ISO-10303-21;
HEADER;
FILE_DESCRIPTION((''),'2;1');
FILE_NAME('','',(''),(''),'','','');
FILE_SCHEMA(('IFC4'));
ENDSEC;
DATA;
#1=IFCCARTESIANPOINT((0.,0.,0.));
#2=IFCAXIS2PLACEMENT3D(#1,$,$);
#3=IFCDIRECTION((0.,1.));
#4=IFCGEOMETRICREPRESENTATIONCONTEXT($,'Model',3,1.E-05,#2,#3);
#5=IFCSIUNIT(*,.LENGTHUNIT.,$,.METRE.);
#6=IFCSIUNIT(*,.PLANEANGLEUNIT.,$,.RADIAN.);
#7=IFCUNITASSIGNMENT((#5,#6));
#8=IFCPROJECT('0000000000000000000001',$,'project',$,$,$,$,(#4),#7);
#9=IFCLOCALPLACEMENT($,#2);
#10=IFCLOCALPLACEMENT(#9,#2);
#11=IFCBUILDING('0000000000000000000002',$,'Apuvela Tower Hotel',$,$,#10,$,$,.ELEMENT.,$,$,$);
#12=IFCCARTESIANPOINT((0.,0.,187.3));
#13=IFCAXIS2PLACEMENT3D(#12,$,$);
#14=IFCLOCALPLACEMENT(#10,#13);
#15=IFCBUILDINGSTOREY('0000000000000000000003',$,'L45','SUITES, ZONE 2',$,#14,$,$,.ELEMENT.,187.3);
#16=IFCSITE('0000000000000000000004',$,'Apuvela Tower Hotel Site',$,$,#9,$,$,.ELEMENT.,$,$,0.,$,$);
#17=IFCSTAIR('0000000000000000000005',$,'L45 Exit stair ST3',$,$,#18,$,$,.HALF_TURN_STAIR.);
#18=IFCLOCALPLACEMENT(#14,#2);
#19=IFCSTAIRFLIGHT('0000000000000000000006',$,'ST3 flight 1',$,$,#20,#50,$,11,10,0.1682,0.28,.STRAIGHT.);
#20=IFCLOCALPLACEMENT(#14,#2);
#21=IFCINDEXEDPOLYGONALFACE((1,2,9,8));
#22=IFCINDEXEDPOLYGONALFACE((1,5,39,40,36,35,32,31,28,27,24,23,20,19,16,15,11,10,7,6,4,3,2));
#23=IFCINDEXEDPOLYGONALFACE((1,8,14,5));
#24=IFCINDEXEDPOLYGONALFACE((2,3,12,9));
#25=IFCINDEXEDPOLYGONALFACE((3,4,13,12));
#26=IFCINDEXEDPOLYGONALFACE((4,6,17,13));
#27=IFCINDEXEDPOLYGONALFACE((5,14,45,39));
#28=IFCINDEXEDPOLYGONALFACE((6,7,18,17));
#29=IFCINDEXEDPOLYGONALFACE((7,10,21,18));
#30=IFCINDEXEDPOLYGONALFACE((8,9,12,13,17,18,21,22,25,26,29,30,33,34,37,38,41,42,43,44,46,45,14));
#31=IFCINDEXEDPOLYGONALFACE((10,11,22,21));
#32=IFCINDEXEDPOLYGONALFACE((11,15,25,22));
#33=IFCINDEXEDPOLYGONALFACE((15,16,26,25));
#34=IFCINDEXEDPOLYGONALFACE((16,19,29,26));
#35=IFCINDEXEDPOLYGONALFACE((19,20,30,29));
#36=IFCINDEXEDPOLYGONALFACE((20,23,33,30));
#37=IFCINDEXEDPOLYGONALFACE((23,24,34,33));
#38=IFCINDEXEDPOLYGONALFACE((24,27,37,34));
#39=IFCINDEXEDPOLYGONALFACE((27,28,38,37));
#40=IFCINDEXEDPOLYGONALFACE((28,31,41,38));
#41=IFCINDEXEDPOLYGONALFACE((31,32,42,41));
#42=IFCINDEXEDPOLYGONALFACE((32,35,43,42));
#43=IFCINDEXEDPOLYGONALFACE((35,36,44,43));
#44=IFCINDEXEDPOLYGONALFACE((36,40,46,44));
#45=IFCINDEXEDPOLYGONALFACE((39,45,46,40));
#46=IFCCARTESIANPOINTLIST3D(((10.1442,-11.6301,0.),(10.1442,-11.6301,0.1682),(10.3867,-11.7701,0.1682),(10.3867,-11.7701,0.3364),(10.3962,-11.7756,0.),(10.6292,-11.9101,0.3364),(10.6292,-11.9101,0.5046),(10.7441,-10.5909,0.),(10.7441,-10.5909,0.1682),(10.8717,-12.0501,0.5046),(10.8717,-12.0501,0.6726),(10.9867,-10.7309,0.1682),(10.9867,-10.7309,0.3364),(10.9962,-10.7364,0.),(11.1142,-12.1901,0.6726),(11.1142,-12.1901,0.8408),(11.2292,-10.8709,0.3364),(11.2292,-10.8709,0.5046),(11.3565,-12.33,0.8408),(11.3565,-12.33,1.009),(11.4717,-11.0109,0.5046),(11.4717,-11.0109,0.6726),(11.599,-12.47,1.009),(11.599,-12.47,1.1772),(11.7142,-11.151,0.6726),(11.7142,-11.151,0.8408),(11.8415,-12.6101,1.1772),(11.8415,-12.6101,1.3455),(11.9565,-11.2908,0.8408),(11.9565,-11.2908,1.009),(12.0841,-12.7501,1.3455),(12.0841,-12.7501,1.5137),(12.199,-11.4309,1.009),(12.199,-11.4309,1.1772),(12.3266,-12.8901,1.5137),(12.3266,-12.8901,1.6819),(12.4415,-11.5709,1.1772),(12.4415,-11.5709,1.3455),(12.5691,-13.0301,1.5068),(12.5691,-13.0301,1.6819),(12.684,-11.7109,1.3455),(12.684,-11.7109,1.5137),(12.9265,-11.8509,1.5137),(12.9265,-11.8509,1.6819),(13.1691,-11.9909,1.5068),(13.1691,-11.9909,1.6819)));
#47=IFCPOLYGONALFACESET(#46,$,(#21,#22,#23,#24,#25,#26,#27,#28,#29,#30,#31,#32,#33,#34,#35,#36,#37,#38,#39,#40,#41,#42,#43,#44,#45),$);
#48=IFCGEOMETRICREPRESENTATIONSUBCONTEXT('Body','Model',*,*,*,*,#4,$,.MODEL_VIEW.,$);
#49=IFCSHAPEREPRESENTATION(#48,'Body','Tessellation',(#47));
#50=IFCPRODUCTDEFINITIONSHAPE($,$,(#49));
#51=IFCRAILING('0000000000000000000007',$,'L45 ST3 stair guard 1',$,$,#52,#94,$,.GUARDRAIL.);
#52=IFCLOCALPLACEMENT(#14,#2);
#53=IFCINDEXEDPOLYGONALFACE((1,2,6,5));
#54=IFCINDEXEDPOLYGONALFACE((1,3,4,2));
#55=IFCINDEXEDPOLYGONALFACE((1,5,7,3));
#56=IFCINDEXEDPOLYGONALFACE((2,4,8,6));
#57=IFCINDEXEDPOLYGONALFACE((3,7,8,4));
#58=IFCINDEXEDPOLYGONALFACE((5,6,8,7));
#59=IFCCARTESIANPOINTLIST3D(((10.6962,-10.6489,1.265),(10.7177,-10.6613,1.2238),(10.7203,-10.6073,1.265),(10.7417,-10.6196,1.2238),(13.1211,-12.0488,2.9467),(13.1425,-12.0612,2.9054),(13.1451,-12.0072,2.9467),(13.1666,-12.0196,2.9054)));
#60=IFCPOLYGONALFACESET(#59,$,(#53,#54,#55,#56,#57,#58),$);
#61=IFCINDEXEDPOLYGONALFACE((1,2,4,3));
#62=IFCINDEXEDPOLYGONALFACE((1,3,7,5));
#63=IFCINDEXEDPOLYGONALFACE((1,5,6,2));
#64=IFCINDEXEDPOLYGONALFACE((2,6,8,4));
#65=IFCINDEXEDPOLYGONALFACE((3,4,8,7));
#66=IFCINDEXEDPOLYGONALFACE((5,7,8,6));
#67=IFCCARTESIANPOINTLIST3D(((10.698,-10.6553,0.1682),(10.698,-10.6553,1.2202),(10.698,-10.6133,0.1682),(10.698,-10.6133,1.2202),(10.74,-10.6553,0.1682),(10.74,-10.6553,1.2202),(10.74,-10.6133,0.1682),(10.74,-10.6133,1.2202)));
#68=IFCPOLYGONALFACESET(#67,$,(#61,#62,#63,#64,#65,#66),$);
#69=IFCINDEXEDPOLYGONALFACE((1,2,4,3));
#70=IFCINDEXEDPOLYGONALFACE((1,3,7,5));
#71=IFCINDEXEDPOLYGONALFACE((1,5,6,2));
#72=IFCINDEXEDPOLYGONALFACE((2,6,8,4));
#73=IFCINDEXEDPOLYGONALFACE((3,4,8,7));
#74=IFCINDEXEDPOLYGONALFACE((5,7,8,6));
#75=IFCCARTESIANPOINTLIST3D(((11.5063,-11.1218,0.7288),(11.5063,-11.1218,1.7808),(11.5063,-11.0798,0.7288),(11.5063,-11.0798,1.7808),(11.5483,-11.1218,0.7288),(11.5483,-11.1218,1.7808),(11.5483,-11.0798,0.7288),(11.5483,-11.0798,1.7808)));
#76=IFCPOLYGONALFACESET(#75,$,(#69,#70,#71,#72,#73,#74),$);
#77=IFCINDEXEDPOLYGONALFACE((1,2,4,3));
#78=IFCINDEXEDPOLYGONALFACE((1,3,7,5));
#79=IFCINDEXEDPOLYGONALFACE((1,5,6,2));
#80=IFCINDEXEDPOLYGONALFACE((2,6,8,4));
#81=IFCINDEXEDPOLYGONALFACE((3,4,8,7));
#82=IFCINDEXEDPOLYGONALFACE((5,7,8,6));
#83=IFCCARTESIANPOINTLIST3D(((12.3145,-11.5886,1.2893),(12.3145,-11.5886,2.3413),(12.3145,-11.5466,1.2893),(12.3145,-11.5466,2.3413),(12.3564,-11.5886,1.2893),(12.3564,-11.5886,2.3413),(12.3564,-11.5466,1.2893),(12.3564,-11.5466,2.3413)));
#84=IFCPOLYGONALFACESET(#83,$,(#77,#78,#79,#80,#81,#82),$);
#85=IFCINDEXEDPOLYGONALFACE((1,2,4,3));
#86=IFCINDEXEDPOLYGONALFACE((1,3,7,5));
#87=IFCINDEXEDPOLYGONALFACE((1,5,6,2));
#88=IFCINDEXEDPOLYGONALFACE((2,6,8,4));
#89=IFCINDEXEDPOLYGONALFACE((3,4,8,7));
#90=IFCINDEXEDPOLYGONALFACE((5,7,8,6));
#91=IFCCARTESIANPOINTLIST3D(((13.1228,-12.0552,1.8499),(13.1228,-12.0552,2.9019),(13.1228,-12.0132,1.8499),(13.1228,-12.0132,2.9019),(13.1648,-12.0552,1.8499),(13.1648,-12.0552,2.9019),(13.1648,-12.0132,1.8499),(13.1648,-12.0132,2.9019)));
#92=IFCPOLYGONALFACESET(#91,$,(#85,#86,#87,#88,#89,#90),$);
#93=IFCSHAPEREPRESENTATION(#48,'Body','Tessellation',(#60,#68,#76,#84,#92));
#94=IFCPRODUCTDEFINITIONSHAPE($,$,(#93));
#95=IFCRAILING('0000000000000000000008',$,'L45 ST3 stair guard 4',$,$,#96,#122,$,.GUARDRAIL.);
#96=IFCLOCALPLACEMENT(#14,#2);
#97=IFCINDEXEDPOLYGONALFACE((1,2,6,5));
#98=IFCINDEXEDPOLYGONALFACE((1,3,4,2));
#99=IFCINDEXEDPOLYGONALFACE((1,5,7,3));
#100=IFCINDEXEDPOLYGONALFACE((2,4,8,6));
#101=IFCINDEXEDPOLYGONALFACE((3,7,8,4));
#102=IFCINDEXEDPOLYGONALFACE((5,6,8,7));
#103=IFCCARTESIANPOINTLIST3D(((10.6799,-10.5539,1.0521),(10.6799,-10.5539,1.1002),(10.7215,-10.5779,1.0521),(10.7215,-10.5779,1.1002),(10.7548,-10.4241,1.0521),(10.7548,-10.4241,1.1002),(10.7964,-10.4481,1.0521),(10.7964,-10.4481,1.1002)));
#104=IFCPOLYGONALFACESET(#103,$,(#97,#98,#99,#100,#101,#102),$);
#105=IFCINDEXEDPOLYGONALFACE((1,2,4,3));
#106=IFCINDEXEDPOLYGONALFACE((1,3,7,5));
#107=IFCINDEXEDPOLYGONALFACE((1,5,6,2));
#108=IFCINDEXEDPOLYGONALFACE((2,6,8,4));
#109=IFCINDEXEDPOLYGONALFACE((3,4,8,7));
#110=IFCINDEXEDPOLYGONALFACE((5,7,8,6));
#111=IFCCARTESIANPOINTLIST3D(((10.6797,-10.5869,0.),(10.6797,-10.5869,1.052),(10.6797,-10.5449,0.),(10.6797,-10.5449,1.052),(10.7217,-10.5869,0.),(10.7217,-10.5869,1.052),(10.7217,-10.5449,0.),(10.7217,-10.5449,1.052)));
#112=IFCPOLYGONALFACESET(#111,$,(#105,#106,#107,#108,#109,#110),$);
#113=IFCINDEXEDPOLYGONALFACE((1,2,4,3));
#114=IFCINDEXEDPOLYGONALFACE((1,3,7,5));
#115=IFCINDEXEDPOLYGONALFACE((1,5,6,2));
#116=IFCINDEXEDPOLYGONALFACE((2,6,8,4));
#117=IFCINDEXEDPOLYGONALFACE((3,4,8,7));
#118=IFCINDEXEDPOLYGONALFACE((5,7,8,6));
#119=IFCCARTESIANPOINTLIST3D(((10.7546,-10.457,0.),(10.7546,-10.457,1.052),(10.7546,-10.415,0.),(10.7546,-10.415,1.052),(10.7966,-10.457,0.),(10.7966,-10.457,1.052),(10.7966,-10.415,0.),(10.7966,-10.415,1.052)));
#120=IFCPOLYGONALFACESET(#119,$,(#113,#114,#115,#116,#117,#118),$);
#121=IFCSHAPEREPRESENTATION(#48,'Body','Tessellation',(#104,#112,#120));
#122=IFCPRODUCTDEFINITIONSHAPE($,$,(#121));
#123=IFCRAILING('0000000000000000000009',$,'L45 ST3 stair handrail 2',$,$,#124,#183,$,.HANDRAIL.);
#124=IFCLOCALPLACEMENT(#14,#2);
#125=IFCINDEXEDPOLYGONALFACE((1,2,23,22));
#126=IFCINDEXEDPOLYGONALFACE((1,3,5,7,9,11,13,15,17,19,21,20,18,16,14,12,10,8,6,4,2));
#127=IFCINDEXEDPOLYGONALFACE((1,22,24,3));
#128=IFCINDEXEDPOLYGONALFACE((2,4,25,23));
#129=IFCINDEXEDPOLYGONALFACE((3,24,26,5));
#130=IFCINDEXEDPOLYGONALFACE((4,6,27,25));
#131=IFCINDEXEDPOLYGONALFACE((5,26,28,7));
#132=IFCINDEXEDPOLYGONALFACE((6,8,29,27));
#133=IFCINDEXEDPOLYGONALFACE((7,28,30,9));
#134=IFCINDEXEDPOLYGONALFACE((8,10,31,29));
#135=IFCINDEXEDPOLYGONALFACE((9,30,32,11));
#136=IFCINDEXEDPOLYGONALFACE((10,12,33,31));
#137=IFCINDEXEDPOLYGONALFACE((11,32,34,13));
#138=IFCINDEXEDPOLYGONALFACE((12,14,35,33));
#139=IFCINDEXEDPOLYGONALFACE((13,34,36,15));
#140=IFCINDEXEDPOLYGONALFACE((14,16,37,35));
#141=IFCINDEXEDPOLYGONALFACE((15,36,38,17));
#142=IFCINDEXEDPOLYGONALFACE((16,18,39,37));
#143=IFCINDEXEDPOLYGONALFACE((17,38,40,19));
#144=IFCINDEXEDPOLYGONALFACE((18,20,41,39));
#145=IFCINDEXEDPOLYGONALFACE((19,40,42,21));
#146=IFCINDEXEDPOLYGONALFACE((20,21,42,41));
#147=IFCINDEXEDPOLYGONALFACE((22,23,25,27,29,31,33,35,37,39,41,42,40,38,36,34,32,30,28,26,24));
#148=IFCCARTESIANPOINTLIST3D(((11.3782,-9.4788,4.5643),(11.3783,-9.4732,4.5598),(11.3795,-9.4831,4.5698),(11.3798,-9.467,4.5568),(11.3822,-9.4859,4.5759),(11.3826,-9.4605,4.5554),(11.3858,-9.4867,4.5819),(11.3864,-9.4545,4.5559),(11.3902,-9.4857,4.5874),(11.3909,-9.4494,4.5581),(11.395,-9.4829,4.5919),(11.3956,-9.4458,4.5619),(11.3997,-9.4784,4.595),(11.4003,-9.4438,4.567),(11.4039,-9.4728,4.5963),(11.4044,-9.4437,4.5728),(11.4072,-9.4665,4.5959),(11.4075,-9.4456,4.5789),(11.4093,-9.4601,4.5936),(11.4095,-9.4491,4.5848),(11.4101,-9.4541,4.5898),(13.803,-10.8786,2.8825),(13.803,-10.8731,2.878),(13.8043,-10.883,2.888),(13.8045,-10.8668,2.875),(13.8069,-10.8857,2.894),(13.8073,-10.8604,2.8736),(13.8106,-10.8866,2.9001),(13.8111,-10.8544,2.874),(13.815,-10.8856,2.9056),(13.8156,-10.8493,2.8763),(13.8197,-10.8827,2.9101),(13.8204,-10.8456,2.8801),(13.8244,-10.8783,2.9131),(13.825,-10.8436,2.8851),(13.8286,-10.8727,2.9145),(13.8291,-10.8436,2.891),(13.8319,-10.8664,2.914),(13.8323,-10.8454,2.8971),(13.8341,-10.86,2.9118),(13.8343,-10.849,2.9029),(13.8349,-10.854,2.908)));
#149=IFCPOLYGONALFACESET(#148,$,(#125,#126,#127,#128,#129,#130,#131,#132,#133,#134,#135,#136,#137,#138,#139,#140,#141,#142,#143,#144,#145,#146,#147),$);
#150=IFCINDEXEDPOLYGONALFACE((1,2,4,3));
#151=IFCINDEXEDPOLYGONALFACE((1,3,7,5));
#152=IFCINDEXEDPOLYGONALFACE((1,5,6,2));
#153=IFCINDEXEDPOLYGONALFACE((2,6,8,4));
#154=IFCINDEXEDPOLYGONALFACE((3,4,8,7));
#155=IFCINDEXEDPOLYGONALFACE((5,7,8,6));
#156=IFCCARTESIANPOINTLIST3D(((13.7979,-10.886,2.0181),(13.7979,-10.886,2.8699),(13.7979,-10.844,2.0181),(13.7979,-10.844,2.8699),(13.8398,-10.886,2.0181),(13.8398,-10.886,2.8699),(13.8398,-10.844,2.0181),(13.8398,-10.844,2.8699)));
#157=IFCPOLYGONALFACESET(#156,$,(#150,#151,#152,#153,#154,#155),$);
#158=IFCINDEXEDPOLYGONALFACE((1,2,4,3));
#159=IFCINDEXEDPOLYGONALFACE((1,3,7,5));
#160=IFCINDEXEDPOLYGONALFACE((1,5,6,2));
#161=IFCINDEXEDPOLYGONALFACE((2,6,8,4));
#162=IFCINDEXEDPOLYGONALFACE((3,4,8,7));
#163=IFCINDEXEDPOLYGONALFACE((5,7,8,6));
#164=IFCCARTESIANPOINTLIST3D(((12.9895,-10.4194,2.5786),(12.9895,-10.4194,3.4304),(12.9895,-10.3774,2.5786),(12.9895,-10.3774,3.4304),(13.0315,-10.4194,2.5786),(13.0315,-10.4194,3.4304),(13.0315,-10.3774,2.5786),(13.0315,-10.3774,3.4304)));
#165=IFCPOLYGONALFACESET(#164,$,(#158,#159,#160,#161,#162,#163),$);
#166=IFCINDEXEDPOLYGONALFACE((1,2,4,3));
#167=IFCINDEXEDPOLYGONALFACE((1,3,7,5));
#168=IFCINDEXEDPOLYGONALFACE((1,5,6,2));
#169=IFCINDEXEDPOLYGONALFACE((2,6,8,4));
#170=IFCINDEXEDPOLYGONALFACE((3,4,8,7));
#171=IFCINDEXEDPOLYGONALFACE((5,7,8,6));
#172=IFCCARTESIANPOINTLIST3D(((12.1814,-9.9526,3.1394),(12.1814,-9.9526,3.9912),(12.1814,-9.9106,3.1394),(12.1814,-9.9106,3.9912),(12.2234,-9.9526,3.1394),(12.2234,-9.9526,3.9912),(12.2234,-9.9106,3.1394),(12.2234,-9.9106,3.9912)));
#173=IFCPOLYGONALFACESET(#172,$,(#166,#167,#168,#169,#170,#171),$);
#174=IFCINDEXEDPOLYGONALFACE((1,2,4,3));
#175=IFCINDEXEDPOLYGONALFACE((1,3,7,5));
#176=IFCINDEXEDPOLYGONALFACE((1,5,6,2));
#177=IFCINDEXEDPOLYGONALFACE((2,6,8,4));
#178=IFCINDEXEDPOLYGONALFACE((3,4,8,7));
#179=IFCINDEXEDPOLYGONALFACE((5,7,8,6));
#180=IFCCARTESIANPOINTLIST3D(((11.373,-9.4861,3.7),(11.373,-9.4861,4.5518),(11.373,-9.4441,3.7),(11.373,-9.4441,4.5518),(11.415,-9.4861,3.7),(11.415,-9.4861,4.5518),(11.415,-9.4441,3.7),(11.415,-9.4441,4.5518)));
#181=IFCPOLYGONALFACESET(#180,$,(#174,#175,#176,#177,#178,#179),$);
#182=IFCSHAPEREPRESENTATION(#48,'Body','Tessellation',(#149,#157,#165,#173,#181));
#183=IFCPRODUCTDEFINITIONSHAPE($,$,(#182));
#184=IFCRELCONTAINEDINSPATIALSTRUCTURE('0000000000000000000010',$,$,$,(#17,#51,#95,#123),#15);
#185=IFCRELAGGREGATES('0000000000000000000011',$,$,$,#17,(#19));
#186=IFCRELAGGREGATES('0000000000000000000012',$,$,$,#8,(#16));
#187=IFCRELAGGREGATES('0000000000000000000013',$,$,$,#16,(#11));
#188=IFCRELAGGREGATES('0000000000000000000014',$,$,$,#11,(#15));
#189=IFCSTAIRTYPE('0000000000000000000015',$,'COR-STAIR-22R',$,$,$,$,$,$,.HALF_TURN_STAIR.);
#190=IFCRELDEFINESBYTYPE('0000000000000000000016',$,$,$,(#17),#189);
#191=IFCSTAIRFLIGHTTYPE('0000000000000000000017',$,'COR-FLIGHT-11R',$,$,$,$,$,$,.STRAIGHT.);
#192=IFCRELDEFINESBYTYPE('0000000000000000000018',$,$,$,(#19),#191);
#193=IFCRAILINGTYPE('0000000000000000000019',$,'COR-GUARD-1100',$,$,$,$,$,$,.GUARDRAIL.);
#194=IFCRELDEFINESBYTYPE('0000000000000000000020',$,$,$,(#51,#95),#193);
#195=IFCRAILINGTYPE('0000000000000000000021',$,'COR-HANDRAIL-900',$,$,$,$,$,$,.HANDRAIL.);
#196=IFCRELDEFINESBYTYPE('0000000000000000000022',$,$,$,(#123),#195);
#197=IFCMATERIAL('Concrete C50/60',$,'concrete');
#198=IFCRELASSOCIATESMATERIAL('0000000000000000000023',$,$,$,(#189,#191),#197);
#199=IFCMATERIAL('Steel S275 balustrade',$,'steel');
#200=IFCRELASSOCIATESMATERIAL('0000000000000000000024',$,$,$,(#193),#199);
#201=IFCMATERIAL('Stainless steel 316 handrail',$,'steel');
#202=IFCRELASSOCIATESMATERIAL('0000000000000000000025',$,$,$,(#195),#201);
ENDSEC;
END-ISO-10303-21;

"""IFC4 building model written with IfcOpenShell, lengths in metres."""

from ifc_helpers import new_model, si_unit, direction, frame, origin, origin_2d, place, context, subcontext, project, spatial, polyline, rectangle, circle, outline, extrude, material, type_object, element, aggregate, save


model = new_model("IFC4")

# Units and contexts
model_context = context("Model", 3, precision=1e-05, world=origin(), true_north=direction((0.0, 1.0)))
body_context = subcontext(model_context, "Body", "Model", "MODEL_VIEW")
ifc_project = project(units=[si_unit("LENGTHUNIT", "METRE"), si_unit("PLANEANGLEUNIT", "RADIAN")], contexts=[model_context])

# Site, building, storey
site_placement = place(None, origin())
site = spatial("IfcSite", under=ifc_project, at=site_placement, Name="Apuvela Tower Hotel Site", CompositionType="ELEMENT", RefElevation=0.0)
building_placement = place(site_placement, origin())
building = spatial("IfcBuilding", under=site, at=building_placement, Name="Apuvela Tower Hotel", CompositionType="ELEMENT")
storey_placement = place(building_placement, frame((0.0, 0.0, 187.3)))
storey = spatial("IfcBuildingStorey", under=building, at=storey_placement, Name="L45", Description="SUITES, ZONE 2", CompositionType="ELEMENT", Elevation=187.3)

# Shared definitions
ifc_material_1 = material(Name="Concrete C50/60", Category="concrete")

# Stair, stair flight
stair_type = type_object("IfcStairType", Name="COR-STAIR-22R", PredefinedType="HALF_TURN_STAIR", material=ifc_material_1)
stair_placement = place(storey_placement, origin())
stair = element("IfcStair", 1, at=stair_placement, inside=storey, type_object=stair_type, Name="L45 Exit stair ST3", PredefinedType="HALF_TURN_STAIR")
stair_flight_type = type_object("IfcStairFlightType", Name="COR-FLIGHT-11R", PredefinedType="STRAIGHT", material=ifc_material_1)
stair_flight_placement = place(storey_placement, frame((10.4441, -11.1106, 0.0), z_axis=(0.0, 0.0, 1.0), x_axis=(0.866025, -0.5, 0.0)))
stair_flight = element("IfcStairFlight", 2, at=stair_flight_placement, type_object=stair_flight_type, Name="ST3 flight 1", NumberOfRisers=11, NumberOfTreads=10, PredefinedType="STRAIGHT", RiserHeight=0.1682, TreadLength=0.28, context=body_context, shape_type="SweptSolid", body=[
    extrude(outline(polyline([(0.0, 0.0), (0.0, 0.1682), (0.28, 0.1682), (0.28, 0.3364), (0.5601, 0.3364), (0.5601, 0.5046), (0.8401, 0.5046), (0.8401, 0.6726), (1.1201, 0.6726), (1.1201, 0.8408), (1.3999, 0.8408), (1.3999, 1.009), (1.6799, 1.009), (1.6799, 1.1772), (1.96, 1.1772), (1.96, 1.3455), (2.24, 1.3455), (2.24, 1.5137), (2.52, 1.5137), (2.52, 1.6819), (2.8, 1.6819), (2.8, 1.8501), (2.8, 1.5068), (0.291, 0.0), (0.0, 0.0)])), frame((0.0, 0.6001, 0.0), z_axis=(0.0, -1.0, 0.0), x_axis=(1.0, 0.0, 0.0)), (0.0, 0.0, 1.0), 1.2),
])
aggregate(stair, [stair_flight])

# Railings
ifc_material_2 = material(Name="Steel S275 balustrade", Category="steel")
railing_type_1 = type_object("IfcRailingType", Name="COR-GUARD-1100", PredefinedType="GUARDRAIL", material=ifc_material_2)
railing_1_placement = place(storey_placement, frame((10.719, -10.6343, 0.1682)))
element("IfcRailing", 3, at=railing_1_placement, inside=storey, type_object=railing_type_1, Name="L45 ST3 stair guard 1", PredefinedType="GUARDRAIL", context=body_context, shape_type="SweptSolid", body=[
    extrude(rectangle(XDim=0.0481, YDim=0.0481, at=origin_2d()), frame((0.0, 0.0, 1.0762), z_axis=(0.742419, -0.428618, 0.514879), x_axis=(0.499984, 0.866035, 0.0)), (0.0, 0.0, 1.0), 3.2661),
    extrude(rectangle(XDim=0.042, YDim=0.042, at=origin_2d()), origin(), (0.0, 0.0, 1.0), 1.052),
    extrude(rectangle(XDim=0.042, YDim=0.042, at=origin_2d()), frame((0.8083, -0.4666, 0.5605)), (0.0, 0.0, 1.0), 1.052),
    extrude(rectangle(XDim=0.042, YDim=0.042, at=origin_2d()), frame((1.6165, -0.9333, 1.1211)), (0.0, 0.0, 1.0), 1.052),
    extrude(rectangle(XDim=0.042, YDim=0.042, at=origin_2d()), frame((2.4248, -1.3999, 1.6816)), (0.0, 0.0, 1.0), 1.052),
])
railing_2_placement = place(storey_placement, frame((10.7007, -10.5659, 0.0)))
element("IfcRailing", 4, at=railing_2_placement, inside=storey, type_object=railing_type_1, Name="L45 ST3 stair guard 4", PredefinedType="GUARDRAIL", context=body_context, shape_type="SweptSolid", body=[
    extrude(rectangle(XDim=0.0481, YDim=0.0481, at=origin_2d()), frame((0.0, 0.0, 1.0762), z_axis=(0.499816, 0.866131, 0.0), x_axis=(-0.866131, 0.499816, 0.0)), (0.0, 0.0, 1.0), 0.1499),
    extrude(rectangle(XDim=0.042, YDim=0.042, at=origin_2d()), origin(), (0.0, 0.0, 1.0), 1.052),
    extrude(rectangle(XDim=0.042, YDim=0.042, at=origin_2d()), frame((0.075, 0.1299, 0.0)), (0.0, 0.0, 1.0), 1.052),
])
ifc_material_3 = material(Name="Stainless steel 316 handrail", Category="steel")
railing_type_2 = type_object("IfcRailingType", Name="COR-HANDRAIL-900", PredefinedType="HANDRAIL", material=ifc_material_3)
railing_3_placement = place(storey_placement, frame((13.8188, -10.865, 2.0181)))
element("IfcRailing", 5, at=railing_3_placement, inside=storey, type_object=railing_type_2, Name="L45 ST3 stair handrail 2", PredefinedType="HANDRAIL", context=body_context, shape_type="SweptSolid", body=[
    extrude(circle(Radius=0.0239, at=origin_2d()), frame((0.0, 0.0, 0.876), z_axis=(-0.74239, 0.428601, 0.514934), x_axis=(-0.499984, -0.866035, 0.0)), (0.0, 0.0, 1.0), 3.2661),
    extrude(rectangle(XDim=0.042, YDim=0.042, at=origin_2d()), origin(), (0.0, 0.0, 1.0), 0.8518),
    extrude(rectangle(XDim=0.042, YDim=0.042, at=origin_2d()), frame((-0.8083, 0.4666, 0.5605)), (0.0, 0.0, 1.0), 0.8518),
    extrude(rectangle(XDim=0.042, YDim=0.042, at=origin_2d()), frame((-1.6165, 0.9333, 1.1213)), (0.0, 0.0, 1.0), 0.8518),
    extrude(rectangle(XDim=0.042, YDim=0.042, at=origin_2d()), frame((-2.4248, 1.3999, 1.6819)), (0.0, 0.0, 1.0), 0.8518),
])

save(model, "model.ifc")
